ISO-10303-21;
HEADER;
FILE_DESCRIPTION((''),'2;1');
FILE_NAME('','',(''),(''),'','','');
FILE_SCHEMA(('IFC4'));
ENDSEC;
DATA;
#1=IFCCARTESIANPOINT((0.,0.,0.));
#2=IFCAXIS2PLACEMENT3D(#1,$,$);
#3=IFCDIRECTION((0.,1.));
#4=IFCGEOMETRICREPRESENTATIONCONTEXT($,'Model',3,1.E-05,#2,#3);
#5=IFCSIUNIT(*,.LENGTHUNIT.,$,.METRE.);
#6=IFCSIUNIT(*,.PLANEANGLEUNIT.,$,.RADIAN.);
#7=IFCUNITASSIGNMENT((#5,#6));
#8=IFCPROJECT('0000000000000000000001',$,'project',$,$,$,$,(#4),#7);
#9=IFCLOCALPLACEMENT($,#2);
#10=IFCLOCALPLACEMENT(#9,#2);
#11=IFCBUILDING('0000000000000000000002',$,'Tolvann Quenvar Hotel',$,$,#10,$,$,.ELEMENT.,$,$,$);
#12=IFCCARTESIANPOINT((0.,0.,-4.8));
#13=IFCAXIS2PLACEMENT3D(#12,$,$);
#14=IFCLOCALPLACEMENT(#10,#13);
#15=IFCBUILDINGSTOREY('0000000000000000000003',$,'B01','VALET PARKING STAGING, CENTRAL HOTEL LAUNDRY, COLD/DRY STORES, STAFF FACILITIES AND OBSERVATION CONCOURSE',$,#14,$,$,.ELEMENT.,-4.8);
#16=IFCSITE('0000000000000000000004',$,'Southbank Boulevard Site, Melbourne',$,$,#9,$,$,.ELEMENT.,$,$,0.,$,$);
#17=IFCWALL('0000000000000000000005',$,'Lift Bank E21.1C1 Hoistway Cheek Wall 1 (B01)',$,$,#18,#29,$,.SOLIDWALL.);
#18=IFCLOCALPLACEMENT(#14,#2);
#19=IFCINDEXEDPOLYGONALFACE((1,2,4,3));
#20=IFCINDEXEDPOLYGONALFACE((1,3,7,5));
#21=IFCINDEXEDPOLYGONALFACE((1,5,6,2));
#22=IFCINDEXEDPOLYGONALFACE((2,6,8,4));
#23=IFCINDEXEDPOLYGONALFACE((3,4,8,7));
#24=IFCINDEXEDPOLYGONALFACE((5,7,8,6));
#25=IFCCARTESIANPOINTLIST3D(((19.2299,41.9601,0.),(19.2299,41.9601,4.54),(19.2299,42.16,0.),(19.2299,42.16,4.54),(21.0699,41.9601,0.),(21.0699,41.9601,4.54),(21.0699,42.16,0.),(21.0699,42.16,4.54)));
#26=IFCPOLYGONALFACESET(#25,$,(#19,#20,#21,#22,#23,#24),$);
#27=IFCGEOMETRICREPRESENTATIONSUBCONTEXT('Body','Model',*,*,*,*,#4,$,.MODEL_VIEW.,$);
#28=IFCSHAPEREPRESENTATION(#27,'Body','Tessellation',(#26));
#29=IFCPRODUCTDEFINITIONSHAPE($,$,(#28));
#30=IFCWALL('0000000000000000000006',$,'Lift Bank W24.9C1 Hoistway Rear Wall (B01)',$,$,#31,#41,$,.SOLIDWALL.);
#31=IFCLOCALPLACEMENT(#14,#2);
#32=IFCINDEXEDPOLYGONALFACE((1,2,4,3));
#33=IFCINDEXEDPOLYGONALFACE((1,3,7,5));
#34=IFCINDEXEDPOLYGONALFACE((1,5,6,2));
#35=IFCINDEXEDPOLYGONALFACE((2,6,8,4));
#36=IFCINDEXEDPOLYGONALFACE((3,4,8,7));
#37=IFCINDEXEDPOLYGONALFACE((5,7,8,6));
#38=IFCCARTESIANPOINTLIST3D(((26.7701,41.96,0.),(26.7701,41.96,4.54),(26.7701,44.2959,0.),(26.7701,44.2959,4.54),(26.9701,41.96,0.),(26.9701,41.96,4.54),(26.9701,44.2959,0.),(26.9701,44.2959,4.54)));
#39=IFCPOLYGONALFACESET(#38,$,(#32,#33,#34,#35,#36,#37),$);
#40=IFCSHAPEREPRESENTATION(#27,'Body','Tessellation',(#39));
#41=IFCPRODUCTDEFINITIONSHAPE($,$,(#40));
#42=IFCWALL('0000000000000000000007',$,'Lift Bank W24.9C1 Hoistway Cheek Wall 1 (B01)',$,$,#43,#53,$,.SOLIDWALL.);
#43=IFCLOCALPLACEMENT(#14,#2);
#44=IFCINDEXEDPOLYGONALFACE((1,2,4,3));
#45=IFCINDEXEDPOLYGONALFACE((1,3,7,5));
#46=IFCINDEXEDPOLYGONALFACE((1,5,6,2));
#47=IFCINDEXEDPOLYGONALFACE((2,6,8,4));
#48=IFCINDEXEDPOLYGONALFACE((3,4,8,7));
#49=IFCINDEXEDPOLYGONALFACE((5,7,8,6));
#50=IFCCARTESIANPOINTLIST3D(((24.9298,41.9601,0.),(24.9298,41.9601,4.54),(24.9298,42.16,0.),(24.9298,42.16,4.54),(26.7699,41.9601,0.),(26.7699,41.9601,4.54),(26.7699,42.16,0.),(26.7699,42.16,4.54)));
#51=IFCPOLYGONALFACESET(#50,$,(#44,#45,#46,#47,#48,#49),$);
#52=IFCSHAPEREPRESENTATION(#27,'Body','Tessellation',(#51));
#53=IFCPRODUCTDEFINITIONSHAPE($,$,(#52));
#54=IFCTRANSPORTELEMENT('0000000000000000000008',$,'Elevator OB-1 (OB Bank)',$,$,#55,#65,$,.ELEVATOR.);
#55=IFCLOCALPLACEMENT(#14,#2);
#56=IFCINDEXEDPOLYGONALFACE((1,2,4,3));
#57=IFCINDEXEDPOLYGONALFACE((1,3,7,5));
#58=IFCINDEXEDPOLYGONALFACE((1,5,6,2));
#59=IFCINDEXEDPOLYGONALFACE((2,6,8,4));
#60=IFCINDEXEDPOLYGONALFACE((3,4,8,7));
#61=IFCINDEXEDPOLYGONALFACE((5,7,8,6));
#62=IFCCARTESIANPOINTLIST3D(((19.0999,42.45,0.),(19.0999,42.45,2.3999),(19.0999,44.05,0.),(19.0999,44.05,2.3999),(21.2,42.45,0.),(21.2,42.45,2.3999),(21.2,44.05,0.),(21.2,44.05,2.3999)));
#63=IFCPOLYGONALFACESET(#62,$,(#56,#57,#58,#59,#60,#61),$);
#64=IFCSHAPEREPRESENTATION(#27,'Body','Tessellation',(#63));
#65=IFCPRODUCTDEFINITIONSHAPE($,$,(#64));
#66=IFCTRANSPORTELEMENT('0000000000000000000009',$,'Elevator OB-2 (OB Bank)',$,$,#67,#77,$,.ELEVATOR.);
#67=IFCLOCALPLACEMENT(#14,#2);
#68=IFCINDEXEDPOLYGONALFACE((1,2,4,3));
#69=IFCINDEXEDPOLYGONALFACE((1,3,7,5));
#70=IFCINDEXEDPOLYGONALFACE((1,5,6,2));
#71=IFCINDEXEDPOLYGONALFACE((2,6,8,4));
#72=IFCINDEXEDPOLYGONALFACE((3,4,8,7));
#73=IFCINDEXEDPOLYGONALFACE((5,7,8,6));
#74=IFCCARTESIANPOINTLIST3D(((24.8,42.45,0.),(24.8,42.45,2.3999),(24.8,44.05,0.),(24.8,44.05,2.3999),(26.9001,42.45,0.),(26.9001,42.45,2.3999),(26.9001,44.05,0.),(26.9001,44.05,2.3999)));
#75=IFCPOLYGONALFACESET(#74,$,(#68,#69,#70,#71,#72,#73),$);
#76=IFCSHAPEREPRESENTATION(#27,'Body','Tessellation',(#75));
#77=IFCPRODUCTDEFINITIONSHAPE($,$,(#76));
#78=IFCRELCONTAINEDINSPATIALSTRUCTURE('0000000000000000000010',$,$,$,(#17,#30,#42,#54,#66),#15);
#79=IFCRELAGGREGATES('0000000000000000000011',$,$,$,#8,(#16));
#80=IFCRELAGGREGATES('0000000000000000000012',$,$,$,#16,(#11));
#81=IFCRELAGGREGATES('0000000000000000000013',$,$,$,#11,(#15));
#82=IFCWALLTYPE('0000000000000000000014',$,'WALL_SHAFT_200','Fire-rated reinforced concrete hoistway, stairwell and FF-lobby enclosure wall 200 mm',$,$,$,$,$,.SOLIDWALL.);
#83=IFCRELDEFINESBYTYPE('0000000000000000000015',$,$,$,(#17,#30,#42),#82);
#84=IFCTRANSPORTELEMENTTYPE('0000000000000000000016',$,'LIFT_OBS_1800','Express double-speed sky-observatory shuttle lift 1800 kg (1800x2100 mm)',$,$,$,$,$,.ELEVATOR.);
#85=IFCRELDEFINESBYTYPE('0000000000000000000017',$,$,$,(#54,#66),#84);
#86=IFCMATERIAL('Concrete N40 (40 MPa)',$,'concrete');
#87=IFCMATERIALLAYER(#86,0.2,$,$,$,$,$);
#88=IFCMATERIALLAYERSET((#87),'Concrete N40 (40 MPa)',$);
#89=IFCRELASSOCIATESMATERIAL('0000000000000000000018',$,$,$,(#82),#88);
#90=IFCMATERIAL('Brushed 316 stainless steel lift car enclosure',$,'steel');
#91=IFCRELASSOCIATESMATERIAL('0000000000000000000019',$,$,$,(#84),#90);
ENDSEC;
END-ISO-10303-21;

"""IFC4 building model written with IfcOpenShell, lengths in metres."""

from ifc_helpers import new_model, si_unit, direction, frame, frame_2d, origin, origin_2d, place, context, subcontext, project, spatial, rectangle, extrude, source, transform, mapped, material, layer, layer_set, type_object, type_shapes, element, save


model = new_model("IFC4")

# Units and contexts
model_context = context("Model", 3, precision=1e-05, world=origin(), true_north=direction((0.0, 1.0)))
body_context = subcontext(model_context, "Body", "Model", "MODEL_VIEW")
ifc_project = project(units=[si_unit("LENGTHUNIT", "METRE"), si_unit("PLANEANGLEUNIT", "RADIAN")], contexts=[model_context])

# Site, building, storey
site_placement = place(None, origin())
site = spatial("IfcSite", under=ifc_project, at=site_placement, Name="Southbank Boulevard Site, Melbourne", CompositionType="ELEMENT", RefElevation=0.0)
building_placement = place(site_placement, origin())
building = spatial("IfcBuilding", under=site, at=building_placement, Name="Tolvann Quenvar Hotel", CompositionType="ELEMENT")
storey_placement = place(building_placement, frame((0.0, 0.0, -4.8)))
storey = spatial("IfcBuildingStorey", under=building, at=storey_placement, Name="B01", Description="VALET PARKING STAGING, CENTRAL HOTEL LAUNDRY, COLD/DRY STORES, STAFF FACILITIES AND OBSERVATION CONCOURSE", CompositionType="ELEMENT", Elevation=-4.8)

# Shared definitions
ifc_material_1 = material(Name="Concrete N40 (40 MPa)", Category="concrete")
ifc_layer_1 = layer(ifc_material_1, 0.2)
ifc_layer_set_1 = layer_set([ifc_layer_1], Name="Concrete N40 (40 MPa)")
wall_type_1 = type_object("IfcWallType", Name="WALL_SHAFT_200", Description="Fire-rated reinforced concrete hoistway, stairwell and FF-lobby enclosure wall 200 mm", PredefinedType="SOLIDWALL", material=ifc_layer_set_1)

# Wall
wall_1_placement = place(storey_placement, frame((19.23, 42.0601, 0.0), z_axis=(0.0, 0.0, 1.0), x_axis=(1.0, 0.0, 0.0)))
element("IfcWall", 1, at=wall_1_placement, inside=storey, type_object=wall_type_1, Name="Lift Bank E21.1C1 Hoistway Cheek Wall 1 (B01)", PredefinedType="SOLIDWALL", context=body_context, shape_type="SweptSolid", body=[
    extrude(rectangle(XDim=1.8401, YDim=0.2, at=frame_2d((0.9199, 0.0))), origin(), (0.0, 0.0, 1.0), 4.54),
])

# Walls
wall_2_placement = place(storey_placement, frame((26.8701, 41.96, 0.0), z_axis=(0.0, 0.0, 1.0), x_axis=(0.0, 1.0, 0.0)))
element("IfcWall", 2, at=wall_2_placement, inside=storey, type_object=wall_type_1, Name="Lift Bank W24.9C1 Hoistway Rear Wall (B01)", PredefinedType="SOLIDWALL", context=body_context, shape_type="SweptSolid", body=[
    extrude(rectangle(XDim=2.3359, YDim=0.2, at=frame_2d((1.168, 0.0))), origin(), (0.0, 0.0, 1.0), 4.54),
])
wall_3_placement = place(storey_placement, frame((24.9299, 42.0601, 0.0), z_axis=(0.0, 0.0, 1.0), x_axis=(1.0, 0.0, 0.0)))
element("IfcWall", 3, at=wall_3_placement, inside=storey, type_object=wall_type_1, Name="Lift Bank W24.9C1 Hoistway Cheek Wall 1 (B01)", PredefinedType="SOLIDWALL", context=body_context, shape_type="SweptSolid", body=[
    extrude(rectangle(XDim=1.8401, YDim=0.2, at=frame_2d((0.9199, 0.0))), origin(), (0.0, 0.0, 1.0), 4.54),
])

# Transport elements
ifc_material_2 = material(Name="Brushed 316 stainless steel lift car enclosure", Category="steel")
transport_element_type = type_object("IfcTransportElementType", Name="LIFT_OBS_1800", Description="Express double-speed sky-observatory shuttle lift 1800 kg (1800x2100 mm)", PredefinedType="ELEVATOR", material=ifc_material_2)
shared_shape_1 = source(origin(), body_context, "Body", "SweptSolid", [
    extrude(rectangle(XDim=2.1001, YDim=1.6001, at=origin_2d()), origin(), (0.0, 0.0, 1.0), 2.3999),
])
type_shapes(transport_element_type, [shared_shape_1])
for number, where, z_axis, x_axis, name in (
    (4, (20.1499, 43.25, 0.0), (0.0, 0.0, 1.0), (1.0, 0.0, 0.0), "Elevator OB-1 (OB Bank)"),
    (5, (25.8501, 43.25, 0.0), (0.0, 0.0, 1.0), (1.0, 0.0, 0.0), "Elevator OB-2 (OB Bank)"),
):
    element("IfcTransportElement", number, at=place(storey_placement, frame(where, z_axis=z_axis, x_axis=x_axis)), inside=storey, type_object=transport_element_type, Name=name, PredefinedType="ELEVATOR", context=body_context, shape_type="MappedRepresentation", body=[
        mapped(shared_shape_1, transform((0.0, 0.0, 0.0), x_axis=(1.0, 0.0, 0.0), y_axis=(0.0, 1.0, 0.0), z_axis=(0.0, 0.0, 1.0), scale=1.0)),
    ])

save(model, "model.ifc")
